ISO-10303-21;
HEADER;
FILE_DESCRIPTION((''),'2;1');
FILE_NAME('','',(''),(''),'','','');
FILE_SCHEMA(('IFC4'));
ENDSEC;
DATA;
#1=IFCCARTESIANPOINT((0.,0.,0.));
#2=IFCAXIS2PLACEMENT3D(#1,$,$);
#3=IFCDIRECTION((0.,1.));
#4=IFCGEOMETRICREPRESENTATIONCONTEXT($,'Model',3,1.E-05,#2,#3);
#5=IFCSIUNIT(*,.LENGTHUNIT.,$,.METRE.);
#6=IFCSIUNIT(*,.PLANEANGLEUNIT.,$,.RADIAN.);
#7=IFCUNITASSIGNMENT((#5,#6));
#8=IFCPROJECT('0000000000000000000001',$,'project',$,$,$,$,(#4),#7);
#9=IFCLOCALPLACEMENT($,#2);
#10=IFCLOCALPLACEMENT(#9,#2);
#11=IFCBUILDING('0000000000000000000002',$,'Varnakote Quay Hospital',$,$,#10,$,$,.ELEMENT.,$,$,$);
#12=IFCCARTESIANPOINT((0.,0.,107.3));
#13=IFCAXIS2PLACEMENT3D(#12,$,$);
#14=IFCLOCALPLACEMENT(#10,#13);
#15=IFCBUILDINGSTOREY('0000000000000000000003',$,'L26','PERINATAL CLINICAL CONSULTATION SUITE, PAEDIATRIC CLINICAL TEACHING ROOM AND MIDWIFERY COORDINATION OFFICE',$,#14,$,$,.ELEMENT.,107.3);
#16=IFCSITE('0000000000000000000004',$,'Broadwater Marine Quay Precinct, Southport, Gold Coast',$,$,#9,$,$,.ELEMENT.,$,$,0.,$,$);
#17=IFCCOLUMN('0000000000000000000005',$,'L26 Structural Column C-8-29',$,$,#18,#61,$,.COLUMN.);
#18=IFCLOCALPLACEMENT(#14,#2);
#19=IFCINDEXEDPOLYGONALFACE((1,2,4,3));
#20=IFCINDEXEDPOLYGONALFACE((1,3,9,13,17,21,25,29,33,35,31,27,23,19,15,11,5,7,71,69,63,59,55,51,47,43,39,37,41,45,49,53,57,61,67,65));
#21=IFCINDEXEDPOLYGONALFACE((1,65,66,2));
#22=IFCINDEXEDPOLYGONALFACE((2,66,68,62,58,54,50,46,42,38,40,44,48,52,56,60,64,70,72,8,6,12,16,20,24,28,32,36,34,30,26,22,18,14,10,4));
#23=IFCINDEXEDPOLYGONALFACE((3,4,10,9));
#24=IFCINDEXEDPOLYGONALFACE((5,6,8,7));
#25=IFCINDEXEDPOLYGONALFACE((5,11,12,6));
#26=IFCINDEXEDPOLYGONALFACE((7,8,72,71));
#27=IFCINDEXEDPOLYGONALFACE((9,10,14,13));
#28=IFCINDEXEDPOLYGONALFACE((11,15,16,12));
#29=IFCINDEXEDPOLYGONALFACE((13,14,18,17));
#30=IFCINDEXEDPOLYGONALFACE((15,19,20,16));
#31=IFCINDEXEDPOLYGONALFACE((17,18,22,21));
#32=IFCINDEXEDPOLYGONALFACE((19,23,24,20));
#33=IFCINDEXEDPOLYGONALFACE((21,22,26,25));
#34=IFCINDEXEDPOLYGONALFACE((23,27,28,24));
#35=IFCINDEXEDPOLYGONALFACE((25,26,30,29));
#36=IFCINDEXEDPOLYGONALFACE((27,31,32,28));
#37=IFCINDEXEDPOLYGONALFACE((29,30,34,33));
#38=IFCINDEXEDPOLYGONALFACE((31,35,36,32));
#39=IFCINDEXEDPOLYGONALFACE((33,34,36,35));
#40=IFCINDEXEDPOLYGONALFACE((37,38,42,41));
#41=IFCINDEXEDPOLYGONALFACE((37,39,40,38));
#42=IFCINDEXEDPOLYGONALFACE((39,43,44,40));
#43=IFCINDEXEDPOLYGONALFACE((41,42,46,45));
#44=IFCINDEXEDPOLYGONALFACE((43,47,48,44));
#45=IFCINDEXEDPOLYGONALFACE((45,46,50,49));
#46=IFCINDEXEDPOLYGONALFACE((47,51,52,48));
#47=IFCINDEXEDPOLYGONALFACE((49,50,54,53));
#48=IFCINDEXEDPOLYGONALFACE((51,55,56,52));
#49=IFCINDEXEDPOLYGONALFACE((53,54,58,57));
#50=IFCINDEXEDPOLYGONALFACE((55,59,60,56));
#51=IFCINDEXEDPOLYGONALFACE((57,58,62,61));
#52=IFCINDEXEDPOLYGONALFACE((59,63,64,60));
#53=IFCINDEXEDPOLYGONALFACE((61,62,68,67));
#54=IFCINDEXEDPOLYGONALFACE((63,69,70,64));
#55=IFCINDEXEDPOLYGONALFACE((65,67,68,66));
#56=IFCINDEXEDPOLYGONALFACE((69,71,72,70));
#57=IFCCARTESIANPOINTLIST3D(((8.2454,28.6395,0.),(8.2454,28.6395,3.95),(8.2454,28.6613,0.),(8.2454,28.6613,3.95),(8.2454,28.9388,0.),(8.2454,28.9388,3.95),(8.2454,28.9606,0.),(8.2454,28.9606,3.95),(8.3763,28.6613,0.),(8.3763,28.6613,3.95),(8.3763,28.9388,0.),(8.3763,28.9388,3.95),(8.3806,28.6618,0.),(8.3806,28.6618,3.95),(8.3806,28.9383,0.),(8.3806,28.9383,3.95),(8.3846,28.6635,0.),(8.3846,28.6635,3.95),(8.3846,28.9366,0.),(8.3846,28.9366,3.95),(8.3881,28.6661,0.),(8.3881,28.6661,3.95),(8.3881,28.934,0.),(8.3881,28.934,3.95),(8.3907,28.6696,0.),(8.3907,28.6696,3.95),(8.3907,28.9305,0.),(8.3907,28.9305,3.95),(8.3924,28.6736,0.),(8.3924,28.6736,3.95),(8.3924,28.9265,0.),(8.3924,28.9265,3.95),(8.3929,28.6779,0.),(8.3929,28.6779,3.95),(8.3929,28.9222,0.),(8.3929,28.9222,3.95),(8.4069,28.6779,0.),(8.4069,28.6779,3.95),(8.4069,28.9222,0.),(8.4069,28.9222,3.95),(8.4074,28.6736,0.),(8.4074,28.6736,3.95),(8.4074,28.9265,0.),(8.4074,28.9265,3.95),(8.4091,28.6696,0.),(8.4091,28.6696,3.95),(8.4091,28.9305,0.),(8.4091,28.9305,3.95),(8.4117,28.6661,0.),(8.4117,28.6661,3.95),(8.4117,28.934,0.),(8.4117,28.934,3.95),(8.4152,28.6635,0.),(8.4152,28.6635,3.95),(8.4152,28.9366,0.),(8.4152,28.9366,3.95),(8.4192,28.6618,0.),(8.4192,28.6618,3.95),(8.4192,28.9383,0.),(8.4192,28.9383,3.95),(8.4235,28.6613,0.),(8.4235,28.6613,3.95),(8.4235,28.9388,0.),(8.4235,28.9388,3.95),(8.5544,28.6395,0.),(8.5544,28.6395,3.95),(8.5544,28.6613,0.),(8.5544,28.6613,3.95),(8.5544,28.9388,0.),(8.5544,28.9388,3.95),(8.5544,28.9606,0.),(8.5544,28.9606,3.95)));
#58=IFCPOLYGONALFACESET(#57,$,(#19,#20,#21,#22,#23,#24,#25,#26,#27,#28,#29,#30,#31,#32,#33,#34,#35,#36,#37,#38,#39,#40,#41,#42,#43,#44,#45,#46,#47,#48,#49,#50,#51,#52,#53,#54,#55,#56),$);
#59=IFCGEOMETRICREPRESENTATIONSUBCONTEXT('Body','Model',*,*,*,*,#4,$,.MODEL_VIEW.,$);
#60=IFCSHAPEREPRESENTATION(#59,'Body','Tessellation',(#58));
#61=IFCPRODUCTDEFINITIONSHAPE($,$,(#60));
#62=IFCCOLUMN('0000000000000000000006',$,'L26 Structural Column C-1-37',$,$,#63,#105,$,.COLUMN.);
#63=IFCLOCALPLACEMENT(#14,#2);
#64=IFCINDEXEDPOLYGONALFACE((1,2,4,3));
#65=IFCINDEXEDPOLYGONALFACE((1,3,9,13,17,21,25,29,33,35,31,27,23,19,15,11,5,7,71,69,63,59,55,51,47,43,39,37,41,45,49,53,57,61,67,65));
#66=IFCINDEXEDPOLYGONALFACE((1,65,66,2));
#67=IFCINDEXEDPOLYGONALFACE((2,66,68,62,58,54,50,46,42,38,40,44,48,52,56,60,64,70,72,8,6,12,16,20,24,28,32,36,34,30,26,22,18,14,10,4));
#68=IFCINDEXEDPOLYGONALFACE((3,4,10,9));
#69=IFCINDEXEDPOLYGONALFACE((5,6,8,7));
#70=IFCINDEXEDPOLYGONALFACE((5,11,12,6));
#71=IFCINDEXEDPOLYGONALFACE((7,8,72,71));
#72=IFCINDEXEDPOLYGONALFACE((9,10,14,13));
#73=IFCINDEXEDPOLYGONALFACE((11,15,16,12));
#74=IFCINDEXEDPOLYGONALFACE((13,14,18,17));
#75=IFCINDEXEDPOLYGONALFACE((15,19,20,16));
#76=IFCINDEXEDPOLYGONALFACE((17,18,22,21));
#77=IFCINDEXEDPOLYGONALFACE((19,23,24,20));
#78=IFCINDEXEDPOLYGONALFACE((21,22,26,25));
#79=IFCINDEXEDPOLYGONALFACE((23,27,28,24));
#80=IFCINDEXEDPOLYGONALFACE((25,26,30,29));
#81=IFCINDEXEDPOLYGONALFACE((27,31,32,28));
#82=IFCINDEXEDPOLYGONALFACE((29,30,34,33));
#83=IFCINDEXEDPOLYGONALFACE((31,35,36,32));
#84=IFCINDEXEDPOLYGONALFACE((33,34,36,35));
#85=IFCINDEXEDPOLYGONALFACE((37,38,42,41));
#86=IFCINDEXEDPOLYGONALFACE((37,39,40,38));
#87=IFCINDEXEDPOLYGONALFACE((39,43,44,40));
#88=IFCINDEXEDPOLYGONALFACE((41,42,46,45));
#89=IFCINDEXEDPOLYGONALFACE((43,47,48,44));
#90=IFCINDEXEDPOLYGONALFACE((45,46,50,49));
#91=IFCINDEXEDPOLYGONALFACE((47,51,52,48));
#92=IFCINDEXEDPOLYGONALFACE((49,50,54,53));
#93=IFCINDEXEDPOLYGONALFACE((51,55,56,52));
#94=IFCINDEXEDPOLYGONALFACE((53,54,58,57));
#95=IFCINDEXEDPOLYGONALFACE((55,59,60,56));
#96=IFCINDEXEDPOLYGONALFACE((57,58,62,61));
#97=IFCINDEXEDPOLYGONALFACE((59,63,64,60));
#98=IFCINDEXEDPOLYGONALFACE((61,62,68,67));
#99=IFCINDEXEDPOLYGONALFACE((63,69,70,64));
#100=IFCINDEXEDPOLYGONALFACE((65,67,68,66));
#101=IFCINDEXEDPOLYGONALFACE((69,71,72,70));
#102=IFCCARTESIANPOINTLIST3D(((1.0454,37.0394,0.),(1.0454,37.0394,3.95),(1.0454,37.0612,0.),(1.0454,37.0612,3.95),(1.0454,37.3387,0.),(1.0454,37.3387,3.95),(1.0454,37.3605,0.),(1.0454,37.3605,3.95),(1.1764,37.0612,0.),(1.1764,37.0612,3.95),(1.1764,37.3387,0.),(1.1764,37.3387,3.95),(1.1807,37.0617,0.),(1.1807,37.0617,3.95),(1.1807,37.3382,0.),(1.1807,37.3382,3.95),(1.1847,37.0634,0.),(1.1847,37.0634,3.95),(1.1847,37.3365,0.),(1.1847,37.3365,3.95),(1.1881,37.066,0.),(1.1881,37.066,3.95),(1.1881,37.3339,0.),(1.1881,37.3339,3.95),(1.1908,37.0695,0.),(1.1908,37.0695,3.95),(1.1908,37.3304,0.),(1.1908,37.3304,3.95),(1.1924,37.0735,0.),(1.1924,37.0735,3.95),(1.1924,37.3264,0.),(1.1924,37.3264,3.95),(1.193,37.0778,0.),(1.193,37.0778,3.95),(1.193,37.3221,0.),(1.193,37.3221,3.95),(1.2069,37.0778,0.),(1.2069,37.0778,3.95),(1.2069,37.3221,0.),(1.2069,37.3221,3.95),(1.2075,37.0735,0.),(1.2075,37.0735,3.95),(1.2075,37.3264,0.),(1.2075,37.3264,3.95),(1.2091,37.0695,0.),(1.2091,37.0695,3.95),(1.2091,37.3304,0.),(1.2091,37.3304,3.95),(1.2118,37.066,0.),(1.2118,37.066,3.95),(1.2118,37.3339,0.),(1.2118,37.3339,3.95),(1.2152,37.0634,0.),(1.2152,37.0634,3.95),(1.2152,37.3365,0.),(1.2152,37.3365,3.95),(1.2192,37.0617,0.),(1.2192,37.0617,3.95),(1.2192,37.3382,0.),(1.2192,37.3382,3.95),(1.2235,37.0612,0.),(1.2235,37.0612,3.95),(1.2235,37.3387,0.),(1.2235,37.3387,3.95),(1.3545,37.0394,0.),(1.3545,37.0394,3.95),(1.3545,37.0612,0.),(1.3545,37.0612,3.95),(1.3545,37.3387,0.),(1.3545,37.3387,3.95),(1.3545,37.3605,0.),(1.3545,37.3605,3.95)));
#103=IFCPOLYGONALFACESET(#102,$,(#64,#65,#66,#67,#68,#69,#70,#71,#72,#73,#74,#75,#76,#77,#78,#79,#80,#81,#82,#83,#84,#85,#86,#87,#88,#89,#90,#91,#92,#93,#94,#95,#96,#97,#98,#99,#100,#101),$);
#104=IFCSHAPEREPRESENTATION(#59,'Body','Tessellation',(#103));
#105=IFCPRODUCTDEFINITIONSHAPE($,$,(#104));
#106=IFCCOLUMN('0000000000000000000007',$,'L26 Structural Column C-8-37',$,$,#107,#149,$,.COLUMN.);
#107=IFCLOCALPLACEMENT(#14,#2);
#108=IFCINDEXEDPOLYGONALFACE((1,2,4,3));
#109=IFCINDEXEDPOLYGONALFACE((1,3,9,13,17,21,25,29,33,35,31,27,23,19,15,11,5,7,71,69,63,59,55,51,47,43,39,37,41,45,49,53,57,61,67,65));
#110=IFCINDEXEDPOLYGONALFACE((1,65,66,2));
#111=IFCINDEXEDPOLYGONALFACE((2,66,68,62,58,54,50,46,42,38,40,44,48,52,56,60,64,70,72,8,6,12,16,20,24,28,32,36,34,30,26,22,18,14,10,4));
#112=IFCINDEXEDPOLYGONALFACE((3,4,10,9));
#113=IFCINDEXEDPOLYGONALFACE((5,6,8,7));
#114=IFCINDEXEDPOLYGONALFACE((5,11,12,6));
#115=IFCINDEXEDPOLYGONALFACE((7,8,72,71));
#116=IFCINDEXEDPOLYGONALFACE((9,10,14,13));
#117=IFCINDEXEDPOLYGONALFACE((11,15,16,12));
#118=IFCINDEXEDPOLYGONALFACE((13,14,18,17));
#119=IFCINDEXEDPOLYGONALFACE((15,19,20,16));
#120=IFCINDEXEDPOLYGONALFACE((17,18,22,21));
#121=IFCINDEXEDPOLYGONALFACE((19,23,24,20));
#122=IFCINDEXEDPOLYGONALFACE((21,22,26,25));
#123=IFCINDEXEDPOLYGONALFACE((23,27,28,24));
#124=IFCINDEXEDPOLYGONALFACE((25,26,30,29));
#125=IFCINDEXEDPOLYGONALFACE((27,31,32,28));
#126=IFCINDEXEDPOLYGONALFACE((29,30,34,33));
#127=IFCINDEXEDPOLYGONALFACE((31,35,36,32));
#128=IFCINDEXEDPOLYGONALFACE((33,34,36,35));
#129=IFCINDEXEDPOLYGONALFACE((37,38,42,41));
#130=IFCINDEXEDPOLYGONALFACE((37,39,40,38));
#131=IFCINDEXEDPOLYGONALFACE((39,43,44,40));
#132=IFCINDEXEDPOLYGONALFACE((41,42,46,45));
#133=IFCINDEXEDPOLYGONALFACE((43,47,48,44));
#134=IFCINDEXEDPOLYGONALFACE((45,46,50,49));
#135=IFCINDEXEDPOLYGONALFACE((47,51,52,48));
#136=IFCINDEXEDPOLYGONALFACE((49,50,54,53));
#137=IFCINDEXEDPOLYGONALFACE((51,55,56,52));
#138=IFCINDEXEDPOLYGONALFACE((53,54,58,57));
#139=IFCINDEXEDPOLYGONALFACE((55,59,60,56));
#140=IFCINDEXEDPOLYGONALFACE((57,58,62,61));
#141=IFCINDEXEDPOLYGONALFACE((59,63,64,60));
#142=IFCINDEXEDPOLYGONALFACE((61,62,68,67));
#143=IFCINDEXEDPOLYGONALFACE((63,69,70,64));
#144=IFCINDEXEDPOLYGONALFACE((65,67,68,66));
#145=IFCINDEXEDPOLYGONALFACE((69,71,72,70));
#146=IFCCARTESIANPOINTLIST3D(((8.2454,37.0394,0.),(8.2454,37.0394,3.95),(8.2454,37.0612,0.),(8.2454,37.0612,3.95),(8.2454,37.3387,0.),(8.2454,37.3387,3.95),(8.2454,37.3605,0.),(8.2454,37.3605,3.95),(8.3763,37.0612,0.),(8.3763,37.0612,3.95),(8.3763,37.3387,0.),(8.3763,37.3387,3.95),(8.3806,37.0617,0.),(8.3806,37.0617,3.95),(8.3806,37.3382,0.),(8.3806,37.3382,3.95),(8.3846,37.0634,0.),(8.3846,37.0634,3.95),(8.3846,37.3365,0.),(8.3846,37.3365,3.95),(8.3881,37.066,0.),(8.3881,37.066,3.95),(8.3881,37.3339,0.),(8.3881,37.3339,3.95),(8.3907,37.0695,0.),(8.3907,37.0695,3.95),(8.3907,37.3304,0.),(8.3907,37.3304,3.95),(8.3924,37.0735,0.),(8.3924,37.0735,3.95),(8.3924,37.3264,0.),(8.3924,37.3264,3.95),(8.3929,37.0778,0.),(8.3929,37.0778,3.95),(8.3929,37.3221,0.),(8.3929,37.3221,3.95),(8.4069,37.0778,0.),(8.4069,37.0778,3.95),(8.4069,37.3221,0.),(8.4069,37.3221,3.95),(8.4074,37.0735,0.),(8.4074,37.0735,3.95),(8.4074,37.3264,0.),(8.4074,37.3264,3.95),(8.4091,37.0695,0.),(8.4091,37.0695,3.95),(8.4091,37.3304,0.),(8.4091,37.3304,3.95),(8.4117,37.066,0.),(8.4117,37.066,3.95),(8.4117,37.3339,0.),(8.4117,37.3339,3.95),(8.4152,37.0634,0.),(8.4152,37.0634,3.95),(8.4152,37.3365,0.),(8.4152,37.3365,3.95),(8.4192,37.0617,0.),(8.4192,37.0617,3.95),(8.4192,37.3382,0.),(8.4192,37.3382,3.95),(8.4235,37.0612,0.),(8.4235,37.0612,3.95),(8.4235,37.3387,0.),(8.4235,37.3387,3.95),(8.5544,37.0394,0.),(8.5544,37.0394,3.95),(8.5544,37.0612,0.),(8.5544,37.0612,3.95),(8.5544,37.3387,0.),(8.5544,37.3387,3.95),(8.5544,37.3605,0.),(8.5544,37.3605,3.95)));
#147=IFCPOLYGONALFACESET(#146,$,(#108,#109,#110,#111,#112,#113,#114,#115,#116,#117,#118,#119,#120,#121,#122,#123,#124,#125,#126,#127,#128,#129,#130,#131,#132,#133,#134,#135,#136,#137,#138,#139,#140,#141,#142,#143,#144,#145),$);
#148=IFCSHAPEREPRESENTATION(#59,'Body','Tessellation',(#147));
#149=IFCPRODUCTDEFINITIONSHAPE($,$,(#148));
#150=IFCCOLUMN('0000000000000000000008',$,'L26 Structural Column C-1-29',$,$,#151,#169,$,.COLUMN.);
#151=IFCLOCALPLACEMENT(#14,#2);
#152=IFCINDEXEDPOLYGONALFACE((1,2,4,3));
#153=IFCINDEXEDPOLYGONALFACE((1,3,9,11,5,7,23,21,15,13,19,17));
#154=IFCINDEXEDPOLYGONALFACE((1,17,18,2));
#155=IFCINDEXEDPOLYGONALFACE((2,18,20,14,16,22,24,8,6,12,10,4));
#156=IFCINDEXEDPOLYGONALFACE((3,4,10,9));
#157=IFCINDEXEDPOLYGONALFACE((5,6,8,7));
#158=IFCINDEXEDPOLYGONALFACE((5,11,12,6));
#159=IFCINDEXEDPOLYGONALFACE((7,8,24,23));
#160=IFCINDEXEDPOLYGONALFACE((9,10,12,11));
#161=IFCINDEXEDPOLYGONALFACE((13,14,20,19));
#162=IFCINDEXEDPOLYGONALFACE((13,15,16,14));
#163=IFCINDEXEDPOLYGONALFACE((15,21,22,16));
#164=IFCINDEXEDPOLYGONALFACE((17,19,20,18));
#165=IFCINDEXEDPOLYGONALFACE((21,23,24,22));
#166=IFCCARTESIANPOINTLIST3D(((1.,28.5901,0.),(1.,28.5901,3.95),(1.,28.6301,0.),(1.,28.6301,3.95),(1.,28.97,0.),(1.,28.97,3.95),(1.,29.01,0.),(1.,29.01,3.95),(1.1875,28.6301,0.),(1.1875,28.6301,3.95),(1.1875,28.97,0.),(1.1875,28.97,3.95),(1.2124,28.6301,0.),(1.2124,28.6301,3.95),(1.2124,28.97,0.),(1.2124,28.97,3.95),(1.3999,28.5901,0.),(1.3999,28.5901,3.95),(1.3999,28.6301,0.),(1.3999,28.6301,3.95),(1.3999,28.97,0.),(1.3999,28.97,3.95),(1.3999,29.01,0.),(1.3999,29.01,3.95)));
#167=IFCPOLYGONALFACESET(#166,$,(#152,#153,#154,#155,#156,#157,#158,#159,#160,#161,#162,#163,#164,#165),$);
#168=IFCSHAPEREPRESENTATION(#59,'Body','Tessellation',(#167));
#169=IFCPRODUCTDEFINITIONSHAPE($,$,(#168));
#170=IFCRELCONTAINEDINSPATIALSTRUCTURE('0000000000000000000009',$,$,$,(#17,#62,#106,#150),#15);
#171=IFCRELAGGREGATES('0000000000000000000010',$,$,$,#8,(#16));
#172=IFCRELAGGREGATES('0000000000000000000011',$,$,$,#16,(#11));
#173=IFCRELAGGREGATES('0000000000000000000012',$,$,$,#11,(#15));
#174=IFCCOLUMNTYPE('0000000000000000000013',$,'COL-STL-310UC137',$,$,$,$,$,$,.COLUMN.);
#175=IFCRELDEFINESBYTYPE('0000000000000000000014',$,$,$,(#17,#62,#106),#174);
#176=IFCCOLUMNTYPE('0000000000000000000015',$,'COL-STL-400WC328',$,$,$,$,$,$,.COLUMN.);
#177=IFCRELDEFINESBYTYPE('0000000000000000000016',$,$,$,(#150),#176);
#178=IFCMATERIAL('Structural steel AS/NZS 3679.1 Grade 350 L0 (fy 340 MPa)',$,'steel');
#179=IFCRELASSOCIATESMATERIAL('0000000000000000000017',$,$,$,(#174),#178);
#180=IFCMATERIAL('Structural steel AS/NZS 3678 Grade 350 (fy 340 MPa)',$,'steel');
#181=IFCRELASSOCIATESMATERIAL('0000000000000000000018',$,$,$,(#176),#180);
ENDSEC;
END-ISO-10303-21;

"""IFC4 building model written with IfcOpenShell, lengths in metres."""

from ifc_helpers import new_model, si_unit, direction, frame, origin, origin_2d, place, context, subcontext, project, spatial, i_section, extrude, material, material_profile, profile_set, type_object, element, save


model = new_model("IFC4")

# Units and contexts
model_context = context("Model", 3, precision=1e-05, world=origin(), true_north=direction((0.0, 1.0)))
body_context = subcontext(model_context, "Body", "Model", "MODEL_VIEW")
ifc_project = project(units=[si_unit("LENGTHUNIT", "METRE"), si_unit("PLANEANGLEUNIT", "RADIAN")], contexts=[model_context])

# Site, building, storey
site_placement = place(None, origin())
site = spatial("IfcSite", under=ifc_project, at=site_placement, Name="Broadwater Marine Quay Precinct, Southport, Gold Coast", CompositionType="ELEMENT", RefElevation=0.0)
building_placement = place(site_placement, origin())
building = spatial("IfcBuilding", under=site, at=building_placement, Name="Varnakote Quay Hospital", CompositionType="ELEMENT")
storey_placement = place(building_placement, frame((0.0, 0.0, 107.3)))
storey = spatial("IfcBuildingStorey", under=building, at=storey_placement, Name="L26", Description="PERINATAL CLINICAL CONSULTATION SUITE, PAEDIATRIC CLINICAL TEACHING ROOM AND MIDWIFERY COORDINATION OFFICE", CompositionType="ELEMENT", Elevation=107.3)

# Columns
ifc_material_1 = material(Name="Structural steel AS/NZS 3679.1 Grade 350 L0 (fy 340 MPa)", Category="steel")
ifc_material_profile_1 = material_profile(ifc_material_1, i_section(OverallWidth=0.3091, OverallDepth=0.321, WebThickness=0.0139, FlangeThickness=0.0217, FilletRadius=0.0166, at=origin_2d()), Name="310UC137")
ifc_profile_set_1 = profile_set([ifc_material_profile_1], Name="Structural steel AS/NZS 3679.1 Grade 350 L0 (fy 340 MPa)")
column_type_1 = type_object("IfcColumnType", Name="COL-STL-310UC137", PredefinedType="COLUMN", material=ifc_profile_set_1)
for number, where, z_axis, x_axis, name in (
    (1, (8.3999, 28.8, 0.0), (0.0, 0.0, 1.0), (1.0, 0.0, 0.0), "L26 Structural Column C-8-29"),
    (2, (1.2, 37.2, 0.0), (0.0, 0.0, 1.0), (1.0, 0.0, 0.0), "L26 Structural Column C-1-37"),
    (3, (8.3999, 37.2, 0.0), (0.0, 0.0, 1.0), (1.0, 0.0, 0.0), "L26 Structural Column C-8-37"),
):
    element("IfcColumn", number, at=place(storey_placement, frame(where, z_axis=z_axis, x_axis=x_axis)), inside=storey, type_object=column_type_1, Name=name, PredefinedType="COLUMN", context=body_context, shape_type="SweptSolid", body=[
        extrude(i_section(OverallWidth=0.3091, OverallDepth=0.321, WebThickness=0.0139, FlangeThickness=0.0217, FilletRadius=0.0166, at=origin_2d()), origin(), (0.0, 0.0, 1.0), 3.95),
    ])
ifc_material_2 = material(Name="Structural steel AS/NZS 3678 Grade 350 (fy 340 MPa)", Category="steel")
ifc_material_profile_2 = material_profile(ifc_material_2, i_section(OverallWidth=0.3999, OverallDepth=0.4199, WebThickness=0.0249, FlangeThickness=0.04, at=origin_2d()), Name="400WC328")
ifc_profile_set_2 = profile_set([ifc_material_profile_2], Name="Structural steel AS/NZS 3678 Grade 350 (fy 340 MPa)")
column_type_2 = type_object("IfcColumnType", Name="COL-STL-400WC328", PredefinedType="COLUMN", material=ifc_profile_set_2)
column_placement = place(storey_placement, frame((1.2, 28.8, 0.0), z_axis=(0.0, 0.0, 1.0), x_axis=(1.0, 0.0, 0.0)))
element("IfcColumn", 4, at=column_placement, inside=storey, type_object=column_type_2, Name="L26 Structural Column C-1-29", PredefinedType="COLUMN", context=body_context, shape_type="SweptSolid", body=[
    extrude(i_section(OverallWidth=0.3999, OverallDepth=0.4199, WebThickness=0.0249, FlangeThickness=0.04, at=origin_2d()), origin(), (0.0, 0.0, 1.0), 3.95),
])

save(model, "model.ifc")
